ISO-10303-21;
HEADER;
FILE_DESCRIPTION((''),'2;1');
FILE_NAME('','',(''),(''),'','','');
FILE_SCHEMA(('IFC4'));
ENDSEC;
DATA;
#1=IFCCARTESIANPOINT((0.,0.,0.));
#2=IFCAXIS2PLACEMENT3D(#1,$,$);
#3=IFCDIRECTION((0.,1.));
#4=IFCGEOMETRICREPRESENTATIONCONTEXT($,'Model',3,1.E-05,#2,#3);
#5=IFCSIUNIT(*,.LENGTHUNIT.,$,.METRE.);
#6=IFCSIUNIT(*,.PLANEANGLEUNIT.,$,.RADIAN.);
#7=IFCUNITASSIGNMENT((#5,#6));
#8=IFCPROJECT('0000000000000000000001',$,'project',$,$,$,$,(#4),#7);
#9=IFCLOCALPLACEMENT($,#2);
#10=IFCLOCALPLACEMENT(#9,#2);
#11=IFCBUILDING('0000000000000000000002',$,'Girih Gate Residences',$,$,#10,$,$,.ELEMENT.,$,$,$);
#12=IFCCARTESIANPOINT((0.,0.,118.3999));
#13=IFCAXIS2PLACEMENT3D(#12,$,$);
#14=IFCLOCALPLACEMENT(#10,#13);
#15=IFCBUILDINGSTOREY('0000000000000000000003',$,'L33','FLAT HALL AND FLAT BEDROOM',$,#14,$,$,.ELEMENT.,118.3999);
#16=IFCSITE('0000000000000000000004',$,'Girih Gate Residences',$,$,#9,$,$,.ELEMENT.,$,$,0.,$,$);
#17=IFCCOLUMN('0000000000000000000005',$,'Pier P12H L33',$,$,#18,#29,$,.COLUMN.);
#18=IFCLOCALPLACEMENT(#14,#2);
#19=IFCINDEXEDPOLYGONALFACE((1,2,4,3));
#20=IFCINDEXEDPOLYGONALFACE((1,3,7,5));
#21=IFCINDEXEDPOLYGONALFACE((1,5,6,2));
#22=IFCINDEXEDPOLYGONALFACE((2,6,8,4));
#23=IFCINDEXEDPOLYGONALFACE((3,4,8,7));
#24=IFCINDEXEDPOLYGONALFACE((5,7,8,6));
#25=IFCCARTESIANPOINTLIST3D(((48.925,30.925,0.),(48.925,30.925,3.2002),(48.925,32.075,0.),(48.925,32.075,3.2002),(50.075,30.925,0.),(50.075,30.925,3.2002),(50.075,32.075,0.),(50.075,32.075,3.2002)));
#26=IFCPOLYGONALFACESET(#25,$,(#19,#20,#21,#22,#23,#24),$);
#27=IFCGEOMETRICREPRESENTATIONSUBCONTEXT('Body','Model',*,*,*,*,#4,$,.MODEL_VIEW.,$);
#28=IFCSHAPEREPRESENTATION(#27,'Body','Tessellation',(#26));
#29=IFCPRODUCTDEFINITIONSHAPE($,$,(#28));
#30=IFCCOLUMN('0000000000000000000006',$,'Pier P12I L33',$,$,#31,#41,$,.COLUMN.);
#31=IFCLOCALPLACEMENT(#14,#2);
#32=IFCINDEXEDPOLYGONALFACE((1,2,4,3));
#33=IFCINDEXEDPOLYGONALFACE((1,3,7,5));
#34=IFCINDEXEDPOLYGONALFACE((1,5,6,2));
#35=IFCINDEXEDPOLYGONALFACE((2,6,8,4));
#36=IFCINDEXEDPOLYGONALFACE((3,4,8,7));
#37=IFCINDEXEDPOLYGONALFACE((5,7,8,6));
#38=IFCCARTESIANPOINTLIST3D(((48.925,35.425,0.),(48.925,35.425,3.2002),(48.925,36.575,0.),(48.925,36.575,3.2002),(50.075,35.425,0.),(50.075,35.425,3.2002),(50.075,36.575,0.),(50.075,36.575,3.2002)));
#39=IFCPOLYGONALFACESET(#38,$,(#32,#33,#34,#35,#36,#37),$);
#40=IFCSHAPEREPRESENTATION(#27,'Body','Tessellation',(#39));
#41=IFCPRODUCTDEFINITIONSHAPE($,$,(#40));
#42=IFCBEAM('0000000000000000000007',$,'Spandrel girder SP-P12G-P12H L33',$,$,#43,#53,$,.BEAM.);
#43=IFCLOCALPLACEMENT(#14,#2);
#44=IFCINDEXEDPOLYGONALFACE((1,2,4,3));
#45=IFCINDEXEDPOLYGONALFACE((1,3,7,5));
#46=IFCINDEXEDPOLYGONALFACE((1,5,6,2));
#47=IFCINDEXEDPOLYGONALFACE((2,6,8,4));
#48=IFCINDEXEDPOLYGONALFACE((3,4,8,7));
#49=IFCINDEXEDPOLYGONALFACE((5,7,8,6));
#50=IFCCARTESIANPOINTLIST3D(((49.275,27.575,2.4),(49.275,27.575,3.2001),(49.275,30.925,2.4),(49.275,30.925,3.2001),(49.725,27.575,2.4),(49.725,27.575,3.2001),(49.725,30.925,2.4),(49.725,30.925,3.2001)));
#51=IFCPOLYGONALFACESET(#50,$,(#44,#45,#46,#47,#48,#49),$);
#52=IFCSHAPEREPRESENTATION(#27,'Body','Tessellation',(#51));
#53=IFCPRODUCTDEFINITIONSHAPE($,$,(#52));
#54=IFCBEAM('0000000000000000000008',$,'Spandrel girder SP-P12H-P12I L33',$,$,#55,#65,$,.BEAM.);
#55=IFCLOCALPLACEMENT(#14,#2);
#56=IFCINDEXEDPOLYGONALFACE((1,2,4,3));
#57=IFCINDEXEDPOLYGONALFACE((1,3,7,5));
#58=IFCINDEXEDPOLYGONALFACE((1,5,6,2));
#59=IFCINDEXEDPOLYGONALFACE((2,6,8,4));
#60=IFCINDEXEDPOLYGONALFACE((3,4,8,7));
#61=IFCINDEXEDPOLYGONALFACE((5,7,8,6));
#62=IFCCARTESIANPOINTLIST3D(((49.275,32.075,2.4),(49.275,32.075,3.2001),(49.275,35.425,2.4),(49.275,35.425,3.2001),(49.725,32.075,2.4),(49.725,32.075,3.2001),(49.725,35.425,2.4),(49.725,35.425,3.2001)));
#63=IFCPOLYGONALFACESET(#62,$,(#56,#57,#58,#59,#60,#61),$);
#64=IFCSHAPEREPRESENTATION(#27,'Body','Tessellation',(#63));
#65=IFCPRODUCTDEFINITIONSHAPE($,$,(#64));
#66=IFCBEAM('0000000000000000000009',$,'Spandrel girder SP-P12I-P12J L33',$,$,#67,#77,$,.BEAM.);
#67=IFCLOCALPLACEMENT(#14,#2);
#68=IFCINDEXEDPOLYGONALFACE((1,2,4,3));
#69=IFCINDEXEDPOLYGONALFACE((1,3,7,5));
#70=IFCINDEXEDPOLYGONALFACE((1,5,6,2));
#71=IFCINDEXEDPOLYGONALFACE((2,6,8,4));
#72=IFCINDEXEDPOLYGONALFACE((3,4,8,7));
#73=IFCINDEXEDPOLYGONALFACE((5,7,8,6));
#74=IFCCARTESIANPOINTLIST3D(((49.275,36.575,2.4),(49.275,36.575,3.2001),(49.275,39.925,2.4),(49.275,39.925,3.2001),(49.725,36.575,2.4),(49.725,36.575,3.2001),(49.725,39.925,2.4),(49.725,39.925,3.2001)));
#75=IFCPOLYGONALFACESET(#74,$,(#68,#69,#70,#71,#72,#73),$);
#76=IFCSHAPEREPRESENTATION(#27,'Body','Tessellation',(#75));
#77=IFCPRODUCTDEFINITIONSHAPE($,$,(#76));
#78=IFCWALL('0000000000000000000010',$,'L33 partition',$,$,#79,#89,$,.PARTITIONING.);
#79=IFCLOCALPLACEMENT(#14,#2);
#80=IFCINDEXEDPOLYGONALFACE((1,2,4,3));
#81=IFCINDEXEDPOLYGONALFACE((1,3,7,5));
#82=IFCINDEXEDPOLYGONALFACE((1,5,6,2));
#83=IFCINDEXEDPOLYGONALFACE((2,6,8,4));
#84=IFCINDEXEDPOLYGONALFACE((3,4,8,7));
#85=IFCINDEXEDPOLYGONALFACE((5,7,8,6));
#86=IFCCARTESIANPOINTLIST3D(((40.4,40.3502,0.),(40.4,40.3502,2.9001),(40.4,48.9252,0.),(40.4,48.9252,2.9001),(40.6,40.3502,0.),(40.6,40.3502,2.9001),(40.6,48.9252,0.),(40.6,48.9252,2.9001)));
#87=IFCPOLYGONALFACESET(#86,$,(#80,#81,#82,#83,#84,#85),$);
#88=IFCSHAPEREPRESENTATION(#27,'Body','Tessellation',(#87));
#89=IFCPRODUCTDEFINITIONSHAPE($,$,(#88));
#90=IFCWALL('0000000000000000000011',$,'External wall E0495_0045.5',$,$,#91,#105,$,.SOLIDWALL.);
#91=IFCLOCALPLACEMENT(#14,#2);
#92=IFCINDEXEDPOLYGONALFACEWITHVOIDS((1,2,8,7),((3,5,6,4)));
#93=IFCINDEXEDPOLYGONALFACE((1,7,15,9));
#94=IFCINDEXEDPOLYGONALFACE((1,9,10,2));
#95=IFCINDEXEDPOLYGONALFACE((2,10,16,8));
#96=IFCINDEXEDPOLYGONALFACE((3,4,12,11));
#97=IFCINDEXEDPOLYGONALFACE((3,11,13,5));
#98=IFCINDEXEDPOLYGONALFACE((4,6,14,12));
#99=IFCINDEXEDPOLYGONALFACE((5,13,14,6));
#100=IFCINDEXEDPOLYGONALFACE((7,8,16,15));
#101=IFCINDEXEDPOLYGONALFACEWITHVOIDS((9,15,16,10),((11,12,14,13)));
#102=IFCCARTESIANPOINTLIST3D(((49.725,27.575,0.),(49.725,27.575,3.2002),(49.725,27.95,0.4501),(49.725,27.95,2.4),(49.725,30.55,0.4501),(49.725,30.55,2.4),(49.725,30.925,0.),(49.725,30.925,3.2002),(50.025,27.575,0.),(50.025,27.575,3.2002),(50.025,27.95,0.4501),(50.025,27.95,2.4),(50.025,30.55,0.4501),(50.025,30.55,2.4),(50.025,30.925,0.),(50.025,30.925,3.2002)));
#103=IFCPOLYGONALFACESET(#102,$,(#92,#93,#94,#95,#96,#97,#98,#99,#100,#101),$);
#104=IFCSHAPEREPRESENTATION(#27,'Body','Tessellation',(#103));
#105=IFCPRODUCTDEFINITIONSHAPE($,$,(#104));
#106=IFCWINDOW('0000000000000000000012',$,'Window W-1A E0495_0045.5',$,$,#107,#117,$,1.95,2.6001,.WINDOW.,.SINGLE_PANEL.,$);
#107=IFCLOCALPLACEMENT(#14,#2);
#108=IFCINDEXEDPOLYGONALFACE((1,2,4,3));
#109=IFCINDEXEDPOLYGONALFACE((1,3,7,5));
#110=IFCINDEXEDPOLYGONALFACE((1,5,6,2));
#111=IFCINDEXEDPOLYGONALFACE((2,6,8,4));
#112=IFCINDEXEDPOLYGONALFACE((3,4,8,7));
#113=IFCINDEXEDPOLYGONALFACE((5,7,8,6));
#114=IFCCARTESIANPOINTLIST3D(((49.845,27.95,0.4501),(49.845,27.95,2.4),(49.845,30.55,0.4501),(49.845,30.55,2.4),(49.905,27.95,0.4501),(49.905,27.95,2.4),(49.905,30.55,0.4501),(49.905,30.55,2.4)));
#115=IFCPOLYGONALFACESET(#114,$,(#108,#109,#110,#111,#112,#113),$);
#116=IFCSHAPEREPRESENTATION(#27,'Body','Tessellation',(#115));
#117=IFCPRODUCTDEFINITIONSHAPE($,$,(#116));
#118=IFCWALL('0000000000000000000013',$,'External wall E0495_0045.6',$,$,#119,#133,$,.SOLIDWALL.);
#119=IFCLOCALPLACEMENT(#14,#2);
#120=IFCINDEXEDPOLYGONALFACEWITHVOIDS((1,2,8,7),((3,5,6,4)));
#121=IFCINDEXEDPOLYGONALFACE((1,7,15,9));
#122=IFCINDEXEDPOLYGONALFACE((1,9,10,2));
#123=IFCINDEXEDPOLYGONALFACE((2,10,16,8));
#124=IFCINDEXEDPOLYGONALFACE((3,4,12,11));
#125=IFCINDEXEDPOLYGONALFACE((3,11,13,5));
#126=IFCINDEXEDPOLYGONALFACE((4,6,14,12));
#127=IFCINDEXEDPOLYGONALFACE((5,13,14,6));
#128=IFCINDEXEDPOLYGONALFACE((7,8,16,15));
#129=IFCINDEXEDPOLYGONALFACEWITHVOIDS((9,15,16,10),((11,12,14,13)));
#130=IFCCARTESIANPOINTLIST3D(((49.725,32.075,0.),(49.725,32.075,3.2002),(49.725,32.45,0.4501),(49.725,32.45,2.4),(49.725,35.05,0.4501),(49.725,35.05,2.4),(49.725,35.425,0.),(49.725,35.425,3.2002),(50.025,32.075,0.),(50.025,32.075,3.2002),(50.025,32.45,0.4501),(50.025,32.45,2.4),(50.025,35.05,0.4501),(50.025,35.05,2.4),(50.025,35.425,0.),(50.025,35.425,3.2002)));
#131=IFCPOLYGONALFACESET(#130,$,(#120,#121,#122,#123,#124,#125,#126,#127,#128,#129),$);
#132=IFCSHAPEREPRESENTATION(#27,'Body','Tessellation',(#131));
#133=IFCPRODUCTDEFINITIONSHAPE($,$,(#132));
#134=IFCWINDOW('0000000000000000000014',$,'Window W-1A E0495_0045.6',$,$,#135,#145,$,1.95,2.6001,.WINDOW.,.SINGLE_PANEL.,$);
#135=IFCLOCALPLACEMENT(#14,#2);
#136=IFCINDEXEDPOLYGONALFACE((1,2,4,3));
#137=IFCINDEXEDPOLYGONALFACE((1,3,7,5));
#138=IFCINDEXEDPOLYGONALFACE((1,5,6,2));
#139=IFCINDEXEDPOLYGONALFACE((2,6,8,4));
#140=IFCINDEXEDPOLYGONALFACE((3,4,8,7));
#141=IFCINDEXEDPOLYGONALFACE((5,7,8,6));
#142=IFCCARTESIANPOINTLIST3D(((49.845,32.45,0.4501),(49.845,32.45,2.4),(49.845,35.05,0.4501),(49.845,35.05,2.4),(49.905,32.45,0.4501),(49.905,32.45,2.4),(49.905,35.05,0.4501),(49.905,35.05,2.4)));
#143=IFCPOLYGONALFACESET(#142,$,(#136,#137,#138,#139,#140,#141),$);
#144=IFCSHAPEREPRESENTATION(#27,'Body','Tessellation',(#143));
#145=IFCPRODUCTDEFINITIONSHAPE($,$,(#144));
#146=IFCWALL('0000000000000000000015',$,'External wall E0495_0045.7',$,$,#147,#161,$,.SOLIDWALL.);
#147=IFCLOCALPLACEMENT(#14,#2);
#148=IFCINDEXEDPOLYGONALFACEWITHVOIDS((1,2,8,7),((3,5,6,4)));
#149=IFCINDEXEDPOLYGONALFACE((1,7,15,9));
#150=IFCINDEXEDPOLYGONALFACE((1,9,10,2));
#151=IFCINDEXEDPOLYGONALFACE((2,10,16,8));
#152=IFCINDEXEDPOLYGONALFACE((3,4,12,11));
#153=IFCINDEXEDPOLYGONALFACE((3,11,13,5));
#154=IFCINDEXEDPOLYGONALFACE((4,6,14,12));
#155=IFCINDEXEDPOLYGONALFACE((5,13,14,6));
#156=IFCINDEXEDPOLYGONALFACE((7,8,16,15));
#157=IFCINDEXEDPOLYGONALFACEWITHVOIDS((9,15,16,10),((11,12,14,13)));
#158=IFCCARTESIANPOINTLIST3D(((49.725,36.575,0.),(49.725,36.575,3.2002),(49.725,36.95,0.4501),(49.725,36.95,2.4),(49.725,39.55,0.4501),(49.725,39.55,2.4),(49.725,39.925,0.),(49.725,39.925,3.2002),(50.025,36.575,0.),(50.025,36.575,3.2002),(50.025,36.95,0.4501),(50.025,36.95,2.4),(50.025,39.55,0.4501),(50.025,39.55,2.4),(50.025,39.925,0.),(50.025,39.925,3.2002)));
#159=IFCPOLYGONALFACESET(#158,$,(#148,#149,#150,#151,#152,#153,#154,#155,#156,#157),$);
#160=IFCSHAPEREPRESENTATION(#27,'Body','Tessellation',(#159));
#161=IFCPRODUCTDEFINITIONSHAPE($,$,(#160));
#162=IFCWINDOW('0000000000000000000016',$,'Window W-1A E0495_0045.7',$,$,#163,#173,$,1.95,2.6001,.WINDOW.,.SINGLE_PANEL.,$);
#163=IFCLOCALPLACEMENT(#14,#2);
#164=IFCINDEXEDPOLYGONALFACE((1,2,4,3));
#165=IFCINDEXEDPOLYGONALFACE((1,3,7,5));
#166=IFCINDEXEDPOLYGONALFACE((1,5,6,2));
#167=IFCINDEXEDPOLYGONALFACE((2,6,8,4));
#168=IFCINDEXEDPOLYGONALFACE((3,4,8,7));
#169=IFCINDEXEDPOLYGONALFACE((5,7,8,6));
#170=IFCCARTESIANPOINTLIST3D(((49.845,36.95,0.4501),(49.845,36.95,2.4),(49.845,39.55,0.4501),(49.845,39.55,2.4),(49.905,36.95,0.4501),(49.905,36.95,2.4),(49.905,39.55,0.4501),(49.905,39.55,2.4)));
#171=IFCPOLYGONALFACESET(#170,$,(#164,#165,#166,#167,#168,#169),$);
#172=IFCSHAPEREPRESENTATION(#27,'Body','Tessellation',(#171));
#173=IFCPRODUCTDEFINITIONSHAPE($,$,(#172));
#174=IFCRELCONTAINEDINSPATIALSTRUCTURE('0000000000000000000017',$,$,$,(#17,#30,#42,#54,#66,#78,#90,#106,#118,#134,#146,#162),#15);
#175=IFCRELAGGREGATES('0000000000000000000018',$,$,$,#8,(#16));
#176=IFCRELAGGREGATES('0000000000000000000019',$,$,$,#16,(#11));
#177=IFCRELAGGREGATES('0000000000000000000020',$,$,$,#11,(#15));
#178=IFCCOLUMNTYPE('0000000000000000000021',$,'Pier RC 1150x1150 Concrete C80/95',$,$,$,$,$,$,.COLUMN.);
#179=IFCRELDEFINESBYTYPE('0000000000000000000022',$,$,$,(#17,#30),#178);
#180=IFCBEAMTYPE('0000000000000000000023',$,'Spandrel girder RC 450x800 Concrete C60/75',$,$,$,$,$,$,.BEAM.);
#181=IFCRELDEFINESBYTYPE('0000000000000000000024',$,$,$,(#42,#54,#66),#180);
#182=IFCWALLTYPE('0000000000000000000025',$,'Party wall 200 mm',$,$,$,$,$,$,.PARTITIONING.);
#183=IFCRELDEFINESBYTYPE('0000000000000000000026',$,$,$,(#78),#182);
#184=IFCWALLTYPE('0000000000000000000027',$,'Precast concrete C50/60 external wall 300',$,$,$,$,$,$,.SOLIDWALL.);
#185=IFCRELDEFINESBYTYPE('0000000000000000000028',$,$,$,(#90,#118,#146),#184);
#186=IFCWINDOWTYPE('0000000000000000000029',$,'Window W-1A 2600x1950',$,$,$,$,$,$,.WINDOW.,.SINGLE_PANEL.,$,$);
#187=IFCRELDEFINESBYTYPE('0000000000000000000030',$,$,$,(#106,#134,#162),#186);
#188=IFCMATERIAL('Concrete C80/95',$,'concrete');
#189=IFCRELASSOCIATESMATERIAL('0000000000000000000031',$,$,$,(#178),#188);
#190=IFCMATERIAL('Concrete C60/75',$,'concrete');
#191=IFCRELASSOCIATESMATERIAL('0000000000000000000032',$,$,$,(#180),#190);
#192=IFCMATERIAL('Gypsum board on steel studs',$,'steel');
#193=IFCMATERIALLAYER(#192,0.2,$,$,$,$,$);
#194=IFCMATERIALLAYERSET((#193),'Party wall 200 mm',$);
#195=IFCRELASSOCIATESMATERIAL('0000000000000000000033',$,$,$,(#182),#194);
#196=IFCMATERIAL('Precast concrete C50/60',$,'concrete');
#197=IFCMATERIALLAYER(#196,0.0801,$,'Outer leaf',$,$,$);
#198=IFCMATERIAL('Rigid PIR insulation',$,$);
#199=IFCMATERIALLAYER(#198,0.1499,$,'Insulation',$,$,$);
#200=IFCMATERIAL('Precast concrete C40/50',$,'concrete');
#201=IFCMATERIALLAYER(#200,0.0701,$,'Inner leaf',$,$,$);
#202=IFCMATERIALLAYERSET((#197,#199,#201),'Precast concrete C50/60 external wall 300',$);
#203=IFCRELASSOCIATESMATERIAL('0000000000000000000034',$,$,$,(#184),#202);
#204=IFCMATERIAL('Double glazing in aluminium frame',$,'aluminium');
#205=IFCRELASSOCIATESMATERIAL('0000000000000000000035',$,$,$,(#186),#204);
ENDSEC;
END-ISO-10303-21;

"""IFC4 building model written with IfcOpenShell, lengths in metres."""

from ifc_helpers import new_model, si_unit, direction, frame, frame_2d, origin, origin_2d, place, context, subcontext, project, spatial, rectangle, extrude, material, layer, layer_set, material_profile, profile_set, type_object, element, fill, save


model = new_model("IFC4")

# Units and contexts
model_context = context("Model", 3, precision=1e-05, world=origin(), true_north=direction((0.0, 1.0)))
body_context = subcontext(model_context, "Body", "Model", "MODEL_VIEW")
ifc_project = project(units=[si_unit("LENGTHUNIT", "METRE"), si_unit("PLANEANGLEUNIT", "RADIAN")], contexts=[model_context])

# Site, building, storey
site_placement = place(None, origin())
site = spatial("IfcSite", under=ifc_project, at=site_placement, Name="Girih Gate Residences", CompositionType="ELEMENT", RefElevation=0.0)
building_placement = place(site_placement, origin())
building = spatial("IfcBuilding", under=site, at=building_placement, Name="Girih Gate Residences", CompositionType="ELEMENT")
storey_placement = place(building_placement, frame((0.0, 0.0, 118.3999)))
storey = spatial("IfcBuildingStorey", under=building, at=storey_placement, Name="L33", Description="FLAT HALL AND FLAT BEDROOM", CompositionType="ELEMENT", Elevation=118.3999)

# Columns
ifc_material_1 = material(Name="Concrete C80/95", Category="concrete")
ifc_material_profile_1 = material_profile(ifc_material_1, rectangle(XDim=1.1499, YDim=1.1499, at=origin_2d()))
ifc_profile_set_1 = profile_set([ifc_material_profile_1], Name="Concrete C80/95")
column_type = type_object("IfcColumnType", Name="Pier RC 1150x1150 Concrete C80/95", PredefinedType="COLUMN", material=ifc_profile_set_1)
for number, where, z_axis, x_axis, name in (
    (1, (49.5, 31.5, 0.0), (0.0, 0.0, 1.0), (1.0, 0.0, 0.0), "Pier P12H L33"),
    (2, (49.5, 36.0, 0.0), (0.0, 0.0, 1.0), (1.0, 0.0, 0.0), "Pier P12I L33"),
):
    element("IfcColumn", number, at=place(storey_placement, frame(where, z_axis=z_axis, x_axis=x_axis)), inside=storey, type_object=column_type, Name=name, PredefinedType="COLUMN", context=body_context, shape_type="SweptSolid", body=[
        extrude(rectangle(XDim=1.1499, YDim=1.1499, at=origin_2d()), origin(), (0.0, 0.0, 1.0), 3.2002),
    ])

# Beams
ifc_material_2 = material(Name="Concrete C60/75", Category="concrete")
ifc_material_profile_2 = material_profile(ifc_material_2, rectangle(XDim=0.45, YDim=0.8, at=origin_2d()))
ifc_profile_set_2 = profile_set([ifc_material_profile_2], Name="Concrete C60/75")
beam_type = type_object("IfcBeamType", Name="Spandrel girder RC 450x800 Concrete C60/75", PredefinedType="BEAM", material=ifc_profile_set_2)
for number, where, z_axis, x_axis, name in (
    (3, (49.5, 27.575, 2.8), (0.0, 1.0, 0.0), (-1.0, 0.0, 0.0), "Spandrel girder SP-P12G-P12H L33"),
    (4, (49.5, 32.075, 2.8), (0.0, 1.0, 0.0), (-1.0, 0.0, 0.0), "Spandrel girder SP-P12H-P12I L33"),
    (5, (49.5, 36.575, 2.8), (0.0, 1.0, 0.0), (-1.0, 0.0, 0.0), "Spandrel girder SP-P12I-P12J L33"),
):
    element("IfcBeam", number, at=place(storey_placement, frame(where, z_axis=z_axis, x_axis=x_axis)), inside=storey, type_object=beam_type, Name=name, PredefinedType="BEAM", context=body_context, shape_type="SweptSolid", body=[
        extrude(rectangle(XDim=0.45, YDim=0.8, at=origin_2d()), origin(), (0.0, 0.0, 1.0), 3.3501),
    ])

# Wall
ifc_material_3 = material(Name="Gypsum board on steel studs", Category="steel")
ifc_layer_1 = layer(ifc_material_3, 0.2)
ifc_layer_set_1 = layer_set([ifc_layer_1], Name="Party wall 200 mm")
wall_type_1 = type_object("IfcWallType", Name="Party wall 200 mm", PredefinedType="PARTITIONING", material=ifc_layer_set_1)
wall_1_placement = place(storey_placement, frame((40.5, 40.3501, 0.0), z_axis=(0.0, 0.0, 1.0), x_axis=(0.0, 1.0, 0.0)))
element("IfcWall", 6, at=wall_1_placement, inside=storey, type_object=wall_type_1, Name="L33 partition", PredefinedType="PARTITIONING", context=body_context, shape_type="SweptSolid", body=[
    extrude(rectangle(XDim=8.575, YDim=0.2, at=frame_2d((4.2876, 0.0))), origin(), (0.0, 0.0, 1.0), 2.9001),
])

# Walls, openings, windows
ifc_material_4 = material(Name="Precast concrete C50/60", Category="concrete")
ifc_layer_2 = layer(ifc_material_4, 0.0801, Name="Outer leaf")
ifc_material_5 = material(Name="Rigid PIR insulation")
ifc_layer_3 = layer(ifc_material_5, 0.1499, Name="Insulation")
ifc_material_6 = material(Name="Precast concrete C40/50", Category="concrete")
ifc_layer_4 = layer(ifc_material_6, 0.0701, Name="Inner leaf")
ifc_layer_set_2 = layer_set([ifc_layer_2, ifc_layer_3, ifc_layer_4], Name="Precast concrete C50/60 external wall 300")
wall_type_2 = type_object("IfcWallType", Name="Precast concrete C50/60 external wall 300", PredefinedType="SOLIDWALL", material=ifc_layer_set_2)
wall_2_placement = place(storey_placement, frame((49.875, 30.925, 0.0), z_axis=(0.0, 0.0, 1.0), x_axis=(0.0, -1.0, 0.0)))
wall_2 = element("IfcWall", 7, at=wall_2_placement, inside=storey, type_object=wall_type_2, Name="External wall E0495_0045.5", PredefinedType="SOLIDWALL", context=body_context, shape_type="SweptSolid", body=[
    extrude(rectangle(XDim=3.3501, YDim=0.3, at=frame_2d((1.675, 0.0))), origin(), (0.0, 0.0, 1.0), 3.2002),
])
opening_1_placement = place(wall_2_placement, frame((0.375, 0.0, 0.45)))
opening_1 = element("IfcOpeningElement", 8, at=opening_1_placement, cuts=wall_2, PredefinedType="OPENING", context=body_context, shape_type="SweptSolid", body=[
    extrude(rectangle(XDim=2.6001, YDim=1.95, at=frame_2d((1.3, 0.9751))), frame((0.0, 0.1599, 0.0), z_axis=(0.0, -1.0, 0.0), x_axis=(1.0, 0.0, 0.0)), (0.0, 0.0, 1.0), 0.3201),
])
ifc_material_7 = material(Name="Double glazing in aluminium frame", Category="aluminium")
window_type = type_object("IfcWindowType", Name="Window W-1A 2600x1950", PartitioningType="SINGLE_PANEL", PredefinedType="WINDOW", material=ifc_material_7)
window_1_placement = place(opening_1_placement, origin())
window_1 = element("IfcWindow", 9, at=window_1_placement, inside=storey, type_object=window_type, Name="Window W-1A E0495_0045.5", OverallHeight=1.95, OverallWidth=2.6001, PartitioningType="SINGLE_PANEL", PredefinedType="WINDOW", context=body_context, shape_type="SweptSolid", body=[
    extrude(rectangle(XDim=2.6001, YDim=1.95, at=frame_2d((1.3, 0.9751))), frame((0.0, 0.03, 0.0), z_axis=(0.0, -1.0, 0.0), x_axis=(1.0, 0.0, 0.0)), (0.0, 0.0, 1.0), 0.0601),
])
fill(opening_1, window_1)
wall_3_placement = place(storey_placement, frame((49.875, 35.425, 0.0), z_axis=(0.0, 0.0, 1.0), x_axis=(0.0, -1.0, 0.0)))
wall_3 = element("IfcWall", 10, at=wall_3_placement, inside=storey, type_object=wall_type_2, Name="External wall E0495_0045.6", PredefinedType="SOLIDWALL", context=body_context, shape_type="SweptSolid", body=[
    extrude(rectangle(XDim=3.3501, YDim=0.3, at=frame_2d((1.675, 0.0))), origin(), (0.0, 0.0, 1.0), 3.2002),
])
opening_2_placement = place(wall_3_placement, frame((0.375, 0.0, 0.45)))
opening_2 = element("IfcOpeningElement", 11, at=opening_2_placement, cuts=wall_3, PredefinedType="OPENING", context=body_context, shape_type="SweptSolid", body=[
    extrude(rectangle(XDim=2.6001, YDim=1.95, at=frame_2d((1.3, 0.9751))), frame((0.0, 0.1599, 0.0), z_axis=(0.0, -1.0, 0.0), x_axis=(1.0, 0.0, 0.0)), (0.0, 0.0, 1.0), 0.3201),
])
window_2_placement = place(opening_2_placement, origin())
window_2 = element("IfcWindow", 12, at=window_2_placement, inside=storey, type_object=window_type, Name="Window W-1A E0495_0045.6", OverallHeight=1.95, OverallWidth=2.6001, PartitioningType="SINGLE_PANEL", PredefinedType="WINDOW", context=body_context, shape_type="SweptSolid", body=[
    extrude(rectangle(XDim=2.6001, YDim=1.95, at=frame_2d((1.3, 0.9751))), frame((0.0, 0.03, 0.0), z_axis=(0.0, -1.0, 0.0), x_axis=(1.0, 0.0, 0.0)), (0.0, 0.0, 1.0), 0.0601),
])
fill(opening_2, window_2)
wall_4_placement = place(storey_placement, frame((49.875, 39.925, 0.0), z_axis=(0.0, 0.0, 1.0), x_axis=(0.0, -1.0, 0.0)))
wall_4 = element("IfcWall", 13, at=wall_4_placement, inside=storey, type_object=wall_type_2, Name="External wall E0495_0045.7", PredefinedType="SOLIDWALL", context=body_context, shape_type="SweptSolid", body=[
    extrude(rectangle(XDim=3.3501, YDim=0.3, at=frame_2d((1.675, 0.0))), origin(), (0.0, 0.0, 1.0), 3.2002),
])
opening_3_placement = place(wall_4_placement, frame((0.375, 0.0, 0.45)))
opening_3 = element("IfcOpeningElement", 14, at=opening_3_placement, cuts=wall_4, PredefinedType="OPENING", context=body_context, shape_type="SweptSolid", body=[
    extrude(rectangle(XDim=2.6001, YDim=1.95, at=frame_2d((1.3, 0.9751))), frame((0.0, 0.1599, 0.0), z_axis=(0.0, -1.0, 0.0), x_axis=(1.0, 0.0, 0.0)), (0.0, 0.0, 1.0), 0.3201),
])
window_3_placement = place(opening_3_placement, origin())
window_3 = element("IfcWindow", 15, at=window_3_placement, inside=storey, type_object=window_type, Name="Window W-1A E0495_0045.7", OverallHeight=1.95, OverallWidth=2.6001, PartitioningType="SINGLE_PANEL", PredefinedType="WINDOW", context=body_context, shape_type="SweptSolid", body=[
    extrude(rectangle(XDim=2.6001, YDim=1.95, at=frame_2d((1.3, 0.9751))), frame((0.0, 0.03, 0.0), z_axis=(0.0, -1.0, 0.0), x_axis=(1.0, 0.0, 0.0)), (0.0, 0.0, 1.0), 0.0601),
])
fill(opening_3, window_3)

save(model, "model.ifc")
